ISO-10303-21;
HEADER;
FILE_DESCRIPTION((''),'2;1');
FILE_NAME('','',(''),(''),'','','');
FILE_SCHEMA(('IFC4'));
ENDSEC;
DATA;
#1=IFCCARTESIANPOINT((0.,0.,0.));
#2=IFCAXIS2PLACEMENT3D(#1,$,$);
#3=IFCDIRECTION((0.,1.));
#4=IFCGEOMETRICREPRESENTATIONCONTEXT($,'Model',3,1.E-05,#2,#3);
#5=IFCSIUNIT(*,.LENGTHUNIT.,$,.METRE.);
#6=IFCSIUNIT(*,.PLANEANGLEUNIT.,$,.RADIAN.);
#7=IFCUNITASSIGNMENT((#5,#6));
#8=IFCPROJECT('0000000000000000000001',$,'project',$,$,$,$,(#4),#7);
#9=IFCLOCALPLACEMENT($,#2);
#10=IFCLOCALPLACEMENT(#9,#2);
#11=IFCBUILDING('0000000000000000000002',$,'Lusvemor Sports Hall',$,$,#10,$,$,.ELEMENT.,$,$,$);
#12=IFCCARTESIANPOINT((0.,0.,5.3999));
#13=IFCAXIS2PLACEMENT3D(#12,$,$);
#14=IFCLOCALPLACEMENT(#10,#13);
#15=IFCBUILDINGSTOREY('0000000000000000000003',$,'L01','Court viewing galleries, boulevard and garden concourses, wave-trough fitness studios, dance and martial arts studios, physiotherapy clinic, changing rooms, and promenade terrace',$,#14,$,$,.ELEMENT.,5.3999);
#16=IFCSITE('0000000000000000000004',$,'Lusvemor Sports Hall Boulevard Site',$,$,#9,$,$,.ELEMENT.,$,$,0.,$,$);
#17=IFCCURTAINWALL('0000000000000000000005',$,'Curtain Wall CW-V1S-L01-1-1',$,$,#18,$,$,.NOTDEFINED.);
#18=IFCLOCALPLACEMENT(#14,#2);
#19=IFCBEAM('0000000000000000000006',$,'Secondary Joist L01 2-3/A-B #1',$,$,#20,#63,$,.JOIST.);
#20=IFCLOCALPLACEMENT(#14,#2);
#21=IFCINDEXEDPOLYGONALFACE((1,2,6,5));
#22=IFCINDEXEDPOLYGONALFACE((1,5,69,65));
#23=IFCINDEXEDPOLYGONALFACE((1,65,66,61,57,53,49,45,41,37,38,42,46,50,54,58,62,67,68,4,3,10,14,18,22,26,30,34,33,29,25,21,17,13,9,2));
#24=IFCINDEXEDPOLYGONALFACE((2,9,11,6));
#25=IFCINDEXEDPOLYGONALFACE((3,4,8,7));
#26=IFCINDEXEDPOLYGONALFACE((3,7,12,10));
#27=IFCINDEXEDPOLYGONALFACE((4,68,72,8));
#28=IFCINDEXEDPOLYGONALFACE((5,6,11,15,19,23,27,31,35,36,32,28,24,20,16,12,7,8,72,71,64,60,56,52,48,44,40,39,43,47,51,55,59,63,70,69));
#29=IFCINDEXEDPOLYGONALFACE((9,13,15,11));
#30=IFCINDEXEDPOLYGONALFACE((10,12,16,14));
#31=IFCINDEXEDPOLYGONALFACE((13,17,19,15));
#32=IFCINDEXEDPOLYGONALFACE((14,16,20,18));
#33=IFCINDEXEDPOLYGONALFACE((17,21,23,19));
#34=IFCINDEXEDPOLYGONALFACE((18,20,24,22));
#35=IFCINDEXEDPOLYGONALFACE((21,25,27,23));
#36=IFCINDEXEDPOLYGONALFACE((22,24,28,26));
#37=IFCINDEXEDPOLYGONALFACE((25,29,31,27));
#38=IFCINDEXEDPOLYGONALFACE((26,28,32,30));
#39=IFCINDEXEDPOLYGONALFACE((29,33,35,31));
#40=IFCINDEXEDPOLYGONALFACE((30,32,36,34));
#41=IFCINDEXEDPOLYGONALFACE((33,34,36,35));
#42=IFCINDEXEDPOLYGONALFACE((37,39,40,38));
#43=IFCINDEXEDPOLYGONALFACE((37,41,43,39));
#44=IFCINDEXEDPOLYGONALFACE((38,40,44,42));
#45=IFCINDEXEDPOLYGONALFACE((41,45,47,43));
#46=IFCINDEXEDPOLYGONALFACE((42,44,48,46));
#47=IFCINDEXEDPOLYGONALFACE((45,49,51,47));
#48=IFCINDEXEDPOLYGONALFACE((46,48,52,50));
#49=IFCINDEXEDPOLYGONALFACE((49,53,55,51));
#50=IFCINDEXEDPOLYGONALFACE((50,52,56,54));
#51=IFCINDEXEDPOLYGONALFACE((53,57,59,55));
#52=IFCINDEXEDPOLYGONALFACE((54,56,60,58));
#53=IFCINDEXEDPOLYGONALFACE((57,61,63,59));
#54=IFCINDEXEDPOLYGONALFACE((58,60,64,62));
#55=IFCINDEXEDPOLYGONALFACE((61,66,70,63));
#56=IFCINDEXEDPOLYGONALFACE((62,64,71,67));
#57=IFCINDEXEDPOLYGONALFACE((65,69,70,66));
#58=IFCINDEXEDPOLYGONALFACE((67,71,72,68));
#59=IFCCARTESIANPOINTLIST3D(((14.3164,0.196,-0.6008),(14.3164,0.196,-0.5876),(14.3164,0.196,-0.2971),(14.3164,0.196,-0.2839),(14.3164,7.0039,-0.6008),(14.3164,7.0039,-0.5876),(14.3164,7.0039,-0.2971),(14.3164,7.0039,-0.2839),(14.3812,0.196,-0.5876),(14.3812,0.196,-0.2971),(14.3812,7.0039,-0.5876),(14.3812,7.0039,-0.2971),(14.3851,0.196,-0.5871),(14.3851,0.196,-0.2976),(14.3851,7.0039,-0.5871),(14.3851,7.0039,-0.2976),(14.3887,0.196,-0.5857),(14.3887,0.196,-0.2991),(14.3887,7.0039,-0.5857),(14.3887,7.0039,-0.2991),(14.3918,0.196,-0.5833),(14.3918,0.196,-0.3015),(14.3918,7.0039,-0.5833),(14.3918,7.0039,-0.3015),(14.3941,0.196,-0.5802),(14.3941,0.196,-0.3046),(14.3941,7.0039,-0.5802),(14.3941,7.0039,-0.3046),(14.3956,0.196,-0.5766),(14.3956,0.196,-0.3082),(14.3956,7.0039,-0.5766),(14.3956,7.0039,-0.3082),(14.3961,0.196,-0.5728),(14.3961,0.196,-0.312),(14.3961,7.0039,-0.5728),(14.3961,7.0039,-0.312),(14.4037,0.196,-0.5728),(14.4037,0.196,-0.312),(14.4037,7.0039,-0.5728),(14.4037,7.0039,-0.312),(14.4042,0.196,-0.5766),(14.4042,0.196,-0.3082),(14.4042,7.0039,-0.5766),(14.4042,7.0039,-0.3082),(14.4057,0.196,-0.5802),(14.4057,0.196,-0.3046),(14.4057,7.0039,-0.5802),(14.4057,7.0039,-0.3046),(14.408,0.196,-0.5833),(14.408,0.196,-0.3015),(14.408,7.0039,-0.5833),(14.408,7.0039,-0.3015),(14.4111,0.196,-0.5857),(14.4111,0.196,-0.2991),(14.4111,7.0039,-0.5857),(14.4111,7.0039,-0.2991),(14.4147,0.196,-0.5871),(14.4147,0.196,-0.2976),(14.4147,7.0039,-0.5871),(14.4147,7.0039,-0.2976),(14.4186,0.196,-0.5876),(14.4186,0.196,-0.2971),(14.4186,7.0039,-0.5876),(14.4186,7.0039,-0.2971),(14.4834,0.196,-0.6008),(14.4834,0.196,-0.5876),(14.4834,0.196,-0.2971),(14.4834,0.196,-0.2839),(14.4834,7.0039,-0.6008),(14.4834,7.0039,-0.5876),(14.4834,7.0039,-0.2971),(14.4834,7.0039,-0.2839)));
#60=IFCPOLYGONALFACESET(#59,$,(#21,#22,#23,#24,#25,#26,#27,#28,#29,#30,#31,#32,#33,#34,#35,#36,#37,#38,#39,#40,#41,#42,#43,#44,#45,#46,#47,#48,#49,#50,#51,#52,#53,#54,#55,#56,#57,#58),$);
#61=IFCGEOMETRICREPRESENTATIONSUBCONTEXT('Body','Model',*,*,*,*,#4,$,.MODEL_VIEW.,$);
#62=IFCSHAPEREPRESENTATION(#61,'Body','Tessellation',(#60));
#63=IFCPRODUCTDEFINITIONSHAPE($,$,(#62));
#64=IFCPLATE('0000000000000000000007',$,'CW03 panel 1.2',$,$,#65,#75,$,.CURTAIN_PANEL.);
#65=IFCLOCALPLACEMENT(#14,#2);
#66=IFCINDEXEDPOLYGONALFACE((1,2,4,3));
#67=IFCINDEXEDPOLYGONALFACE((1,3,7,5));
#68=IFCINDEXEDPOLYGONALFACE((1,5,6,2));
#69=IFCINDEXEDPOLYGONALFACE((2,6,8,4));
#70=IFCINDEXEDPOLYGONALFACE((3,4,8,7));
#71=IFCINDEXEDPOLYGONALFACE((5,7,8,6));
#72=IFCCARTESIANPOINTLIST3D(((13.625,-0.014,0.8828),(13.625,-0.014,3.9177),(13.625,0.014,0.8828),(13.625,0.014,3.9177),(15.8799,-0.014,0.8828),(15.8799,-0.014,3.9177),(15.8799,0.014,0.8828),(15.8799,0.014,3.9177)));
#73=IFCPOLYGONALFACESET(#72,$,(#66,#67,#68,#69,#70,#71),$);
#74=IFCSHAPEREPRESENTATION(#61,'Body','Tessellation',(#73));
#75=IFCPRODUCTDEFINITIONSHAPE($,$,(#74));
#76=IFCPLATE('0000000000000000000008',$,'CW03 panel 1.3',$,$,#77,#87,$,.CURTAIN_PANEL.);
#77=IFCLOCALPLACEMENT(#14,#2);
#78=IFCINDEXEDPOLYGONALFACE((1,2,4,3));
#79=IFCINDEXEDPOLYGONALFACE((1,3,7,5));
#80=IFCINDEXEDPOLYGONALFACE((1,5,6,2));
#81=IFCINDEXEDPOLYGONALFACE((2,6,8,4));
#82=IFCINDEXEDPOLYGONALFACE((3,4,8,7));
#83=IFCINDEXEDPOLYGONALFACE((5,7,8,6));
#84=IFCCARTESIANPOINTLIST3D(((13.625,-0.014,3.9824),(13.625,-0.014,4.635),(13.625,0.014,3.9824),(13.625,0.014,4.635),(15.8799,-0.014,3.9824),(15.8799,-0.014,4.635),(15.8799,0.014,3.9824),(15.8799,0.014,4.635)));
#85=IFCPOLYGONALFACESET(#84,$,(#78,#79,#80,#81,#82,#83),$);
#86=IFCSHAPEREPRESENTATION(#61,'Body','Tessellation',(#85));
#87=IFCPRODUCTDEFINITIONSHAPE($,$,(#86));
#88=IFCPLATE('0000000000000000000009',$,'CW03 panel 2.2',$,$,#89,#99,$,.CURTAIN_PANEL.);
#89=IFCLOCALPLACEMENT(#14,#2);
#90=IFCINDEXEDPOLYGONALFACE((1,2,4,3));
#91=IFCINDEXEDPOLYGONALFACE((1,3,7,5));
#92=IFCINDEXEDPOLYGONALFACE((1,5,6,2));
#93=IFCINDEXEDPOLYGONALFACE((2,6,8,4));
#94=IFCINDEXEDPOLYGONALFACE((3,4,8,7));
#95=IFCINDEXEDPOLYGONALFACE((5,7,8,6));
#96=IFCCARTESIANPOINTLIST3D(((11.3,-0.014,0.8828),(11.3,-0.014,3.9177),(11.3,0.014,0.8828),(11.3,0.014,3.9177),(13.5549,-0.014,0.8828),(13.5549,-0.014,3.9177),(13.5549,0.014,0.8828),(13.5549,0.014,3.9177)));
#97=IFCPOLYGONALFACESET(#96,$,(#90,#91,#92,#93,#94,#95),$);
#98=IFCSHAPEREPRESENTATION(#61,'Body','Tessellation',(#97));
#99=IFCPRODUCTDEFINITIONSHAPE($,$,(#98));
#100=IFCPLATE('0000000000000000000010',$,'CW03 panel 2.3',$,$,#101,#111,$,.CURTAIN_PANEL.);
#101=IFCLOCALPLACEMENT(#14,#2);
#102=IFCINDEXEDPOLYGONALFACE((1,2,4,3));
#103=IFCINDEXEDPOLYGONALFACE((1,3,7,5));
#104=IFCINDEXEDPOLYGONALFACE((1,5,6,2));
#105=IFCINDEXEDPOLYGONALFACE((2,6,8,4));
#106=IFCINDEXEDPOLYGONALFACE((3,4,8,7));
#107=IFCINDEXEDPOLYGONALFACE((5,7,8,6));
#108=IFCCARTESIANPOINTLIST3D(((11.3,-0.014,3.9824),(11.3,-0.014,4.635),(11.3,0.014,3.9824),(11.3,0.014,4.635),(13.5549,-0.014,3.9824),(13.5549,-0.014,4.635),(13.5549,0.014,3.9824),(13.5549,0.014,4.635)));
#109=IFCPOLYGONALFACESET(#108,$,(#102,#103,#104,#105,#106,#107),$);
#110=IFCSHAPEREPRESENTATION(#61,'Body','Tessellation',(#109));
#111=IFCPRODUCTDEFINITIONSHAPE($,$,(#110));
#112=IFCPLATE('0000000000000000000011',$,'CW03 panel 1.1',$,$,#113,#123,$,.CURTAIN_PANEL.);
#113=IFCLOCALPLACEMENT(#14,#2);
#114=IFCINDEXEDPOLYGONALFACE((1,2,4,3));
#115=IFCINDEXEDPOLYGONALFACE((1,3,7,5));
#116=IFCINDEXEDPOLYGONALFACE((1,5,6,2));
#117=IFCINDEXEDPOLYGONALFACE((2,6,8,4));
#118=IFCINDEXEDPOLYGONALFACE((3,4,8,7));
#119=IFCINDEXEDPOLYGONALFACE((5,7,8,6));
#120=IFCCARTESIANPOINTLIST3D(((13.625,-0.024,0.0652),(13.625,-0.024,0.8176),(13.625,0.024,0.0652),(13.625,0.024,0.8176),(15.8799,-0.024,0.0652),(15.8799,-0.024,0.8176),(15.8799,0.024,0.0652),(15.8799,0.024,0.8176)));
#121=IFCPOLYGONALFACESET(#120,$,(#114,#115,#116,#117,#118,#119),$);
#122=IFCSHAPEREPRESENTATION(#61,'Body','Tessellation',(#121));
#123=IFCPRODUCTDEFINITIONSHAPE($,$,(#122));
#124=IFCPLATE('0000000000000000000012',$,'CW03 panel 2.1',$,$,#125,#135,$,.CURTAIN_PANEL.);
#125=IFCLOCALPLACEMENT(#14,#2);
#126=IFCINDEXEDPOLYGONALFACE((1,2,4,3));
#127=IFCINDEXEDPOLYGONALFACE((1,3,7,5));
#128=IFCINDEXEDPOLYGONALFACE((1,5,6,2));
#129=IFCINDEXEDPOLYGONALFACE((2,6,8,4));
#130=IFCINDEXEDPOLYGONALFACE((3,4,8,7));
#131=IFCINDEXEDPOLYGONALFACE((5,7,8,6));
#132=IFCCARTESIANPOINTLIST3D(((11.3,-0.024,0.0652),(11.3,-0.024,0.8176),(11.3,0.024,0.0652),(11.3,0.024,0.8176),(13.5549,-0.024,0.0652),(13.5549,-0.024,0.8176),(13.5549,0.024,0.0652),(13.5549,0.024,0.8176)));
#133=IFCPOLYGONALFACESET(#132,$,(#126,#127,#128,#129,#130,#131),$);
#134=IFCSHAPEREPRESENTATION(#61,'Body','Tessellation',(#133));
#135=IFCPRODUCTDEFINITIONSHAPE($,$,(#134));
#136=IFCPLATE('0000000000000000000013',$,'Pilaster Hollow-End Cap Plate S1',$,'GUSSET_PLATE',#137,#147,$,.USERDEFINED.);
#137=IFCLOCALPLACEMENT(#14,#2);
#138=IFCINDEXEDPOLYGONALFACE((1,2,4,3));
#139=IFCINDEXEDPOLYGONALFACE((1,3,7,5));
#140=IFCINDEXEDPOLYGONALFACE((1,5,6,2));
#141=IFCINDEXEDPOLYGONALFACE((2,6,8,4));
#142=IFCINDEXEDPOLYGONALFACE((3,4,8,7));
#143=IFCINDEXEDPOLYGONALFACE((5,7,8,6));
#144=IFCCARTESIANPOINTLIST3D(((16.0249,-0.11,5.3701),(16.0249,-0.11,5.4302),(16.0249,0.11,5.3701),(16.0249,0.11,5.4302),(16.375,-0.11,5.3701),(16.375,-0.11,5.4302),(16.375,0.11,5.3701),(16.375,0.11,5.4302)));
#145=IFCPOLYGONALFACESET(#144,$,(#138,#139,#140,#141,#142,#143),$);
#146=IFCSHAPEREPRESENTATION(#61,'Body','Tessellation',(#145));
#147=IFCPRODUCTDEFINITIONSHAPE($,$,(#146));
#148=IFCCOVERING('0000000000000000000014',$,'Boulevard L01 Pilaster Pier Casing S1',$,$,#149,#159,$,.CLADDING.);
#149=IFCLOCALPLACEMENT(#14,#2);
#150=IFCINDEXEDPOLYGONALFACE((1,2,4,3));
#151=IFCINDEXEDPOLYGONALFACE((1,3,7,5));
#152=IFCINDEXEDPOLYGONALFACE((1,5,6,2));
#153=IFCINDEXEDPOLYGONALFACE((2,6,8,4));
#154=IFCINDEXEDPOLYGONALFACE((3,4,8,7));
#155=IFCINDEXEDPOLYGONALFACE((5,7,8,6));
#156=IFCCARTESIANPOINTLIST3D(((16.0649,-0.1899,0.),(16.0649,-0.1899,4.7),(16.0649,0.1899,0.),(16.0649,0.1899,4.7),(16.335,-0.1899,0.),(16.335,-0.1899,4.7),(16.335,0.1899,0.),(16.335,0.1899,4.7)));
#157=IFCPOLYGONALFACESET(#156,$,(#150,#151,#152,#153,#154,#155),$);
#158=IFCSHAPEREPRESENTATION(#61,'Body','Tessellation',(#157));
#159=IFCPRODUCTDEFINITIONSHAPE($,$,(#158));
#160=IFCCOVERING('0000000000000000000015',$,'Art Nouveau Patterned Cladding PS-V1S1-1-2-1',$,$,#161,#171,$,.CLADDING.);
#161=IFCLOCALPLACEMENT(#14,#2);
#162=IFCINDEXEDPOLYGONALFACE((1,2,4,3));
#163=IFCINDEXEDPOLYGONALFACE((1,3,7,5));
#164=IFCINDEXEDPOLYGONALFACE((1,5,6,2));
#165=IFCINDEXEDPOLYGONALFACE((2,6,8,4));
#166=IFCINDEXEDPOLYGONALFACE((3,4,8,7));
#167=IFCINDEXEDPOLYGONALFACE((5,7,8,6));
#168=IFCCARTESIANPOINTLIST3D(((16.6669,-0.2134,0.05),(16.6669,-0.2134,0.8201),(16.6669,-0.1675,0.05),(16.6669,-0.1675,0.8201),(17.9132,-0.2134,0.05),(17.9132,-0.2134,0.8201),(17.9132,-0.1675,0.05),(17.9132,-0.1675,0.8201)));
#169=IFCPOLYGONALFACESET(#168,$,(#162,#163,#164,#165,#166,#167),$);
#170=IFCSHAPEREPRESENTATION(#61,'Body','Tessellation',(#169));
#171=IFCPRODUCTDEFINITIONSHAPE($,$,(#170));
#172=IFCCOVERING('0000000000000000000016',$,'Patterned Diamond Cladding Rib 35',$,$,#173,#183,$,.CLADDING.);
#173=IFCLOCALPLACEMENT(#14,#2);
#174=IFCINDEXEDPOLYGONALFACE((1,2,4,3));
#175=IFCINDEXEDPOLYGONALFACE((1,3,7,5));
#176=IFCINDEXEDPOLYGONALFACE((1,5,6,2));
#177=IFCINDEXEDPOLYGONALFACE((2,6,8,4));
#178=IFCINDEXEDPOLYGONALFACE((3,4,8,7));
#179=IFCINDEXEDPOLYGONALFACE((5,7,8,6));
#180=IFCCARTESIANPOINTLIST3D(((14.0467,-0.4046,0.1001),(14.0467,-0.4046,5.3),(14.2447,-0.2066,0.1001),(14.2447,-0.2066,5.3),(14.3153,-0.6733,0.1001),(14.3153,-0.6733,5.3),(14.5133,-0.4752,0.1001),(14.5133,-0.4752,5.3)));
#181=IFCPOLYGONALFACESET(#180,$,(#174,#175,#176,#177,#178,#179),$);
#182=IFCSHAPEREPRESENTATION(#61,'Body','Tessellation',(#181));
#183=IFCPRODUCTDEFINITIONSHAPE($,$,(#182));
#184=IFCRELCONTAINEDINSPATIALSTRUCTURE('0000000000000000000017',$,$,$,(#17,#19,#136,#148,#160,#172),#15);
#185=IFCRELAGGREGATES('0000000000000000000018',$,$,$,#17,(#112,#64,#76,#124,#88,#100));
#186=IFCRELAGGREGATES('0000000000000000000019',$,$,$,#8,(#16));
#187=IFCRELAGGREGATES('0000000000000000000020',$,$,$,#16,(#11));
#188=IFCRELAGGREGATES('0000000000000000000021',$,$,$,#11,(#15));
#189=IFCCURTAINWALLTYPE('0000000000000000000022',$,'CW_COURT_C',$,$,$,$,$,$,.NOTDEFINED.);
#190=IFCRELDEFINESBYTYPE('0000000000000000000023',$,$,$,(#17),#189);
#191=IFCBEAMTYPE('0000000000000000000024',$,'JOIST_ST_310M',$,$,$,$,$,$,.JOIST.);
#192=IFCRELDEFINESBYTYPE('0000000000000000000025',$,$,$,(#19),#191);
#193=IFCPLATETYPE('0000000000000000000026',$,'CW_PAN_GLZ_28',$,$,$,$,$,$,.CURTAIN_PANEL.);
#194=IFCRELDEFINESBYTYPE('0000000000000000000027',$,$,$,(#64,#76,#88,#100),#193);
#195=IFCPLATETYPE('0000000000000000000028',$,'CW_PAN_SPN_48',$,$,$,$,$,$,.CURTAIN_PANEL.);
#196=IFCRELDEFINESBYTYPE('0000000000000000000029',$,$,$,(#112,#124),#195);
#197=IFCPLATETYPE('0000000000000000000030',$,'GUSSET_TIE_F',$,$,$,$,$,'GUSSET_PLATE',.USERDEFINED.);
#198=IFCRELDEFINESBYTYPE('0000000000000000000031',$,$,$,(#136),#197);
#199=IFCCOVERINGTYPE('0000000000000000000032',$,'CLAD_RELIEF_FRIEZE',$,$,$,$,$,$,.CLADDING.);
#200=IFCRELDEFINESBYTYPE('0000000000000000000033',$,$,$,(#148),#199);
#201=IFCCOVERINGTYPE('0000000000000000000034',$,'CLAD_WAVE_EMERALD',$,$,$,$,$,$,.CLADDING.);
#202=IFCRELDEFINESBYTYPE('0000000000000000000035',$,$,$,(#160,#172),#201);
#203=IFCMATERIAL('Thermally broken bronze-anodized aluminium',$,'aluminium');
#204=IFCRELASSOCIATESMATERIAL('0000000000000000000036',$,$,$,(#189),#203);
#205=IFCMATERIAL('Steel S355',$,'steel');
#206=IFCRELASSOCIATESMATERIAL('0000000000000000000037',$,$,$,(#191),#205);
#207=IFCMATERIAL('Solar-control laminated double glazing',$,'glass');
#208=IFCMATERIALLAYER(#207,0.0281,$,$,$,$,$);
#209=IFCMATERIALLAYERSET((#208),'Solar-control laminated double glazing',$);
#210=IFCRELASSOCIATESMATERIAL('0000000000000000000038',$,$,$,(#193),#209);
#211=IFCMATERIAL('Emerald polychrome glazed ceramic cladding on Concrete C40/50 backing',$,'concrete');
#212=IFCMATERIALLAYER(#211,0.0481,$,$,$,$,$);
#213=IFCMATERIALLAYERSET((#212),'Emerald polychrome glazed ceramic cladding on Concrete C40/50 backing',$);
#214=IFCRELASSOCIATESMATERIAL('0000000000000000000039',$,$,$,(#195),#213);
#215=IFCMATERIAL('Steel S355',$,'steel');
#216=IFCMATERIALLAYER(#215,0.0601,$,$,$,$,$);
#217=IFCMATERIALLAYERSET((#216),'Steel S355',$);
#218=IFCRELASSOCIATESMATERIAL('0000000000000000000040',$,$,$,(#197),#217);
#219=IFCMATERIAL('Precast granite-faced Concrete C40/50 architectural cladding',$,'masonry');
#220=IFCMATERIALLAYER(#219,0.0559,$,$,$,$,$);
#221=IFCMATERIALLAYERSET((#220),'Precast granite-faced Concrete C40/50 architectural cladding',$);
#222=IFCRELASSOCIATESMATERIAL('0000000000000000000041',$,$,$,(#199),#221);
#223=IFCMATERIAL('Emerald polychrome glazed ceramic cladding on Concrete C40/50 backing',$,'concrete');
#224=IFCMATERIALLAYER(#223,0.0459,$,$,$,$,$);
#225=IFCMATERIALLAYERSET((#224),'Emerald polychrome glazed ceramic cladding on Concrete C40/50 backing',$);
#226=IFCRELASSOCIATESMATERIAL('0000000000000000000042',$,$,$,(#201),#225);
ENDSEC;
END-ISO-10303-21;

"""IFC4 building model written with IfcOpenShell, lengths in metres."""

from ifc_helpers import new_model, si_unit, direction, frame, origin, origin_2d, place, context, subcontext, project, spatial, rectangle, i_section, extrude, material, layer, layer_set, material_profile, profile_set, type_object, element, aggregate, save


model = new_model("IFC4")

# Units and contexts
model_context = context("Model", 3, precision=1e-05, world=origin(), true_north=direction((0.0, 1.0)))
body_context = subcontext(model_context, "Body", "Model", "MODEL_VIEW")
ifc_project = project(units=[si_unit("LENGTHUNIT", "METRE"), si_unit("PLANEANGLEUNIT", "RADIAN")], contexts=[model_context])

# Site, building, storey
site_placement = place(None, origin())
site = spatial("IfcSite", under=ifc_project, at=site_placement, Name="Lusvemor Sports Hall Boulevard Site", CompositionType="ELEMENT", RefElevation=0.0)
building_placement = place(site_placement, origin())
building = spatial("IfcBuilding", under=site, at=building_placement, Name="Lusvemor Sports Hall", CompositionType="ELEMENT")
storey_placement = place(building_placement, frame((0.0, 0.0, 5.3999)))
storey = spatial("IfcBuildingStorey", under=building, at=storey_placement, Name="L01", Description="Court viewing galleries, boulevard and garden concourses, wave-trough fitness studios, dance and martial arts studios, physiotherapy clinic, changing rooms, and promenade terrace", CompositionType="ELEMENT", Elevation=5.3999)

# Curtain wall
ifc_material_1 = material(Name="Thermally broken bronze-anodized aluminium", Category="aluminium")
curtain_wall_type = type_object("IfcCurtainWallType", Name="CW_COURT_C", PredefinedType="NOTDEFINED", material=ifc_material_1)
curtain_wall_placement = place(storey_placement, origin())
curtain_wall = element("IfcCurtainWall", 1, at=curtain_wall_placement, inside=storey, type_object=curtain_wall_type, Name="Curtain Wall CW-V1S-L01-1-1", PredefinedType="NOTDEFINED")

# Beam
ifc_material_2 = material(Name="Steel S355", Category="steel")
ifc_material_profile_1 = material_profile(ifc_material_2, i_section(OverallWidth=0.167, OverallDepth=0.3169, WebThickness=0.0076, FlangeThickness=0.0132, FilletRadius=0.0149, at=origin_2d()), Name="W310x52.0")
ifc_profile_set_1 = profile_set([ifc_material_profile_1], Name="Steel S355")
beam_type_1 = type_object("IfcBeamType", Name="JOIST_ST_310M", PredefinedType="JOIST", material=ifc_profile_set_1)
beam_1_placement = place(storey_placement, frame((14.3999, 0.196, -0.4424), z_axis=(0.0, 1.0, 0.0), x_axis=(-1.0, 0.0, 0.0)))
element("IfcBeam", 2, at=beam_1_placement, inside=storey, type_object=beam_type_1, Name="Secondary Joist L01 2-3/A-B #1", PredefinedType="JOIST", context=body_context, shape_type="SweptSolid", body=[
    extrude(i_section(OverallWidth=0.167, OverallDepth=0.3169, WebThickness=0.0076, FlangeThickness=0.0132, FilletRadius=0.0149, at=origin_2d()), origin(), (0.0, 0.0, 1.0), 6.8079),
])

# Plates
ifc_material_3 = material(Name="Solar-control laminated double glazing", Category="glass")
ifc_layer_1 = layer(ifc_material_3, 0.0281)
ifc_layer_set_1 = layer_set([ifc_layer_1], Name="Solar-control laminated double glazing")
plate_type_1 = type_object("IfcPlateType", Name="CW_PAN_GLZ_28", PredefinedType="CURTAIN_PANEL", material=ifc_layer_set_1)
plate_1_placement = place(storey_placement, frame((14.7524, 0.0, 0.8828), z_axis=(0.0, 0.0, 1.0), x_axis=(-1.0, 0.0, 0.0)))
plate_1 = element("IfcPlate", 3, at=plate_1_placement, type_object=plate_type_1, Name="CW03 panel 1.2", PredefinedType="CURTAIN_PANEL", context=body_context, shape_type="SweptSolid", body=[
    extrude(rectangle(XDim=2.2549, YDim=0.0281, at=origin_2d()), origin(), (0.0, 0.0, 1.0), 3.0349),
])
plate_2_placement = place(storey_placement, frame((14.7524, 0.0, 3.9824), z_axis=(0.0, 0.0, 1.0), x_axis=(-1.0, 0.0, 0.0)))
plate_2 = element("IfcPlate", 4, at=plate_2_placement, type_object=plate_type_1, Name="CW03 panel 1.3", PredefinedType="CURTAIN_PANEL", context=body_context, shape_type="SweptSolid", body=[
    extrude(rectangle(XDim=2.2549, YDim=0.0281, at=origin_2d()), origin(), (0.0, 0.0, 1.0), 0.6526),
])
plate_3_placement = place(storey_placement, frame((12.4275, 0.0, 0.8828), z_axis=(0.0, 0.0, 1.0), x_axis=(-1.0, 0.0, 0.0)))
plate_3 = element("IfcPlate", 5, at=plate_3_placement, type_object=plate_type_1, Name="CW03 panel 2.2", PredefinedType="CURTAIN_PANEL", context=body_context, shape_type="SweptSolid", body=[
    extrude(rectangle(XDim=2.2549, YDim=0.0281, at=origin_2d()), origin(), (0.0, 0.0, 1.0), 3.0349),
])
plate_4_placement = place(storey_placement, frame((12.4275, 0.0, 3.9824), z_axis=(0.0, 0.0, 1.0), x_axis=(-1.0, 0.0, 0.0)))
plate_4 = element("IfcPlate", 6, at=plate_4_placement, type_object=plate_type_1, Name="CW03 panel 2.3", PredefinedType="CURTAIN_PANEL", context=body_context, shape_type="SweptSolid", body=[
    extrude(rectangle(XDim=2.2549, YDim=0.0281, at=origin_2d()), origin(), (0.0, 0.0, 1.0), 0.6526),
])
ifc_material_4 = material(Name="Emerald polychrome glazed ceramic cladding on Concrete C40/50 backing", Category="concrete")
ifc_layer_2 = layer(ifc_material_4, 0.0481)
ifc_layer_set_2 = layer_set([ifc_layer_2], Name="Emerald polychrome glazed ceramic cladding on Concrete C40/50 backing")
plate_type_2 = type_object("IfcPlateType", Name="CW_PAN_SPN_48", PredefinedType="CURTAIN_PANEL", material=ifc_layer_set_2)
plate_5_placement = place(storey_placement, frame((14.7524, 0.0, 0.0652), z_axis=(0.0, 0.0, 1.0), x_axis=(-1.0, 0.0, 0.0)))
plate_5 = element("IfcPlate", 7, at=plate_5_placement, type_object=plate_type_2, Name="CW03 panel 1.1", PredefinedType="CURTAIN_PANEL", context=body_context, shape_type="SweptSolid", body=[
    extrude(rectangle(XDim=2.2549, YDim=0.0481, at=origin_2d()), origin(), (0.0, 0.0, 1.0), 0.7524),
])
plate_6_placement = place(storey_placement, frame((12.4275, 0.0, 0.0652), z_axis=(0.0, 0.0, 1.0), x_axis=(-1.0, 0.0, 0.0)))
plate_6 = element("IfcPlate", 8, at=plate_6_placement, type_object=plate_type_2, Name="CW03 panel 2.1", PredefinedType="CURTAIN_PANEL", context=body_context, shape_type="SweptSolid", body=[
    extrude(rectangle(XDim=2.2549, YDim=0.0481, at=origin_2d()), origin(), (0.0, 0.0, 1.0), 0.7524),
])
aggregate(curtain_wall, [plate_5, plate_1, plate_2, plate_6, plate_3, plate_4])
ifc_material_5 = material(Name="Steel S355", Category="steel")
ifc_layer_3 = layer(ifc_material_5, 0.0601)
ifc_layer_set_3 = layer_set([ifc_layer_3], Name="Steel S355")
plate_type_3 = type_object("IfcPlateType", Name="GUSSET_TIE_F", ElementType="GUSSET_PLATE", PredefinedType="USERDEFINED", material=ifc_layer_set_3)
plate_7_placement = place(storey_placement, frame((16.2, 0.0, 5.3701), z_axis=(0.0, 0.0, 1.0), x_axis=(1.0, 0.0, 0.0)))
element("IfcPlate", 9, at=plate_7_placement, inside=storey, type_object=plate_type_3, Name="Pilaster Hollow-End Cap Plate S1", ObjectType="GUSSET_PLATE", PredefinedType="USERDEFINED", context=body_context, shape_type="SweptSolid", body=[
    extrude(rectangle(XDim=0.3501, YDim=0.22, at=origin_2d()), origin(), (0.0, 0.0, 1.0), 0.0601),
])

# Coverings
ifc_material_6 = material(Name="Precast granite-faced Concrete C40/50 architectural cladding", Category="masonry")
ifc_layer_4 = layer(ifc_material_6, 0.0559)
ifc_layer_set_4 = layer_set([ifc_layer_4], Name="Precast granite-faced Concrete C40/50 architectural cladding")
covering_type_1 = type_object("IfcCoveringType", Name="CLAD_RELIEF_FRIEZE", PredefinedType="CLADDING", material=ifc_layer_set_4)
covering_1_placement = place(storey_placement, frame((16.2, 0.0, 0.0), z_axis=(0.0, 0.0, 1.0), x_axis=(1.0, 0.0, 0.0)))
element("IfcCovering", 10, at=covering_1_placement, inside=storey, type_object=covering_type_1, Name="Boulevard L01 Pilaster Pier Casing S1", PredefinedType="CLADDING", context=body_context, shape_type="SweptSolid", body=[
    extrude(rectangle(XDim=0.27, YDim=0.3799, at=origin_2d()), origin(), (0.0, 0.0, 1.0), 4.7),
])
ifc_material_7 = material(Name="Emerald polychrome glazed ceramic cladding on Concrete C40/50 backing", Category="concrete")
ifc_layer_5 = layer(ifc_material_7, 0.0459)
ifc_layer_set_5 = layer_set([ifc_layer_5], Name="Emerald polychrome glazed ceramic cladding on Concrete C40/50 backing")
covering_type_2 = type_object("IfcCoveringType", Name="CLAD_WAVE_EMERALD", PredefinedType="CLADDING", material=ifc_layer_set_5)
covering_2_placement = place(storey_placement, frame((17.29, -0.1904, 0.05), z_axis=(0.0, 0.0, 1.0), x_axis=(1.0, 0.0, 0.0)))
element("IfcCovering", 11, at=covering_2_placement, inside=storey, type_object=covering_type_2, Name="Art Nouveau Patterned Cladding PS-V1S1-1-2-1", PredefinedType="CLADDING", context=body_context, shape_type="SweptSolid", body=[
    extrude(rectangle(XDim=1.2463, YDim=0.0459, at=origin_2d()), origin(), (0.0, 0.0, 1.0), 0.77),
])
for number, where, z_axis, x_axis, name in (
    (12, (14.28, -0.4399, 0.1001), (0.0, 0.0, 1.0), (0.707107, 0.707107, 0.0), "Patterned Diamond Cladding Rib 35"),
):
    element("IfcCovering", number, at=place(storey_placement, frame(where, z_axis=z_axis, x_axis=x_axis)), inside=storey, type_object=covering_type_2, Name=name, PredefinedType="CLADDING", context=body_context, shape_type="SweptSolid", body=[
        extrude(rectangle(XDim=0.28, YDim=0.3799, at=origin_2d()), origin(), (0.0, 0.0, 1.0), 5.2),
    ])

save(model, "model.ifc")
